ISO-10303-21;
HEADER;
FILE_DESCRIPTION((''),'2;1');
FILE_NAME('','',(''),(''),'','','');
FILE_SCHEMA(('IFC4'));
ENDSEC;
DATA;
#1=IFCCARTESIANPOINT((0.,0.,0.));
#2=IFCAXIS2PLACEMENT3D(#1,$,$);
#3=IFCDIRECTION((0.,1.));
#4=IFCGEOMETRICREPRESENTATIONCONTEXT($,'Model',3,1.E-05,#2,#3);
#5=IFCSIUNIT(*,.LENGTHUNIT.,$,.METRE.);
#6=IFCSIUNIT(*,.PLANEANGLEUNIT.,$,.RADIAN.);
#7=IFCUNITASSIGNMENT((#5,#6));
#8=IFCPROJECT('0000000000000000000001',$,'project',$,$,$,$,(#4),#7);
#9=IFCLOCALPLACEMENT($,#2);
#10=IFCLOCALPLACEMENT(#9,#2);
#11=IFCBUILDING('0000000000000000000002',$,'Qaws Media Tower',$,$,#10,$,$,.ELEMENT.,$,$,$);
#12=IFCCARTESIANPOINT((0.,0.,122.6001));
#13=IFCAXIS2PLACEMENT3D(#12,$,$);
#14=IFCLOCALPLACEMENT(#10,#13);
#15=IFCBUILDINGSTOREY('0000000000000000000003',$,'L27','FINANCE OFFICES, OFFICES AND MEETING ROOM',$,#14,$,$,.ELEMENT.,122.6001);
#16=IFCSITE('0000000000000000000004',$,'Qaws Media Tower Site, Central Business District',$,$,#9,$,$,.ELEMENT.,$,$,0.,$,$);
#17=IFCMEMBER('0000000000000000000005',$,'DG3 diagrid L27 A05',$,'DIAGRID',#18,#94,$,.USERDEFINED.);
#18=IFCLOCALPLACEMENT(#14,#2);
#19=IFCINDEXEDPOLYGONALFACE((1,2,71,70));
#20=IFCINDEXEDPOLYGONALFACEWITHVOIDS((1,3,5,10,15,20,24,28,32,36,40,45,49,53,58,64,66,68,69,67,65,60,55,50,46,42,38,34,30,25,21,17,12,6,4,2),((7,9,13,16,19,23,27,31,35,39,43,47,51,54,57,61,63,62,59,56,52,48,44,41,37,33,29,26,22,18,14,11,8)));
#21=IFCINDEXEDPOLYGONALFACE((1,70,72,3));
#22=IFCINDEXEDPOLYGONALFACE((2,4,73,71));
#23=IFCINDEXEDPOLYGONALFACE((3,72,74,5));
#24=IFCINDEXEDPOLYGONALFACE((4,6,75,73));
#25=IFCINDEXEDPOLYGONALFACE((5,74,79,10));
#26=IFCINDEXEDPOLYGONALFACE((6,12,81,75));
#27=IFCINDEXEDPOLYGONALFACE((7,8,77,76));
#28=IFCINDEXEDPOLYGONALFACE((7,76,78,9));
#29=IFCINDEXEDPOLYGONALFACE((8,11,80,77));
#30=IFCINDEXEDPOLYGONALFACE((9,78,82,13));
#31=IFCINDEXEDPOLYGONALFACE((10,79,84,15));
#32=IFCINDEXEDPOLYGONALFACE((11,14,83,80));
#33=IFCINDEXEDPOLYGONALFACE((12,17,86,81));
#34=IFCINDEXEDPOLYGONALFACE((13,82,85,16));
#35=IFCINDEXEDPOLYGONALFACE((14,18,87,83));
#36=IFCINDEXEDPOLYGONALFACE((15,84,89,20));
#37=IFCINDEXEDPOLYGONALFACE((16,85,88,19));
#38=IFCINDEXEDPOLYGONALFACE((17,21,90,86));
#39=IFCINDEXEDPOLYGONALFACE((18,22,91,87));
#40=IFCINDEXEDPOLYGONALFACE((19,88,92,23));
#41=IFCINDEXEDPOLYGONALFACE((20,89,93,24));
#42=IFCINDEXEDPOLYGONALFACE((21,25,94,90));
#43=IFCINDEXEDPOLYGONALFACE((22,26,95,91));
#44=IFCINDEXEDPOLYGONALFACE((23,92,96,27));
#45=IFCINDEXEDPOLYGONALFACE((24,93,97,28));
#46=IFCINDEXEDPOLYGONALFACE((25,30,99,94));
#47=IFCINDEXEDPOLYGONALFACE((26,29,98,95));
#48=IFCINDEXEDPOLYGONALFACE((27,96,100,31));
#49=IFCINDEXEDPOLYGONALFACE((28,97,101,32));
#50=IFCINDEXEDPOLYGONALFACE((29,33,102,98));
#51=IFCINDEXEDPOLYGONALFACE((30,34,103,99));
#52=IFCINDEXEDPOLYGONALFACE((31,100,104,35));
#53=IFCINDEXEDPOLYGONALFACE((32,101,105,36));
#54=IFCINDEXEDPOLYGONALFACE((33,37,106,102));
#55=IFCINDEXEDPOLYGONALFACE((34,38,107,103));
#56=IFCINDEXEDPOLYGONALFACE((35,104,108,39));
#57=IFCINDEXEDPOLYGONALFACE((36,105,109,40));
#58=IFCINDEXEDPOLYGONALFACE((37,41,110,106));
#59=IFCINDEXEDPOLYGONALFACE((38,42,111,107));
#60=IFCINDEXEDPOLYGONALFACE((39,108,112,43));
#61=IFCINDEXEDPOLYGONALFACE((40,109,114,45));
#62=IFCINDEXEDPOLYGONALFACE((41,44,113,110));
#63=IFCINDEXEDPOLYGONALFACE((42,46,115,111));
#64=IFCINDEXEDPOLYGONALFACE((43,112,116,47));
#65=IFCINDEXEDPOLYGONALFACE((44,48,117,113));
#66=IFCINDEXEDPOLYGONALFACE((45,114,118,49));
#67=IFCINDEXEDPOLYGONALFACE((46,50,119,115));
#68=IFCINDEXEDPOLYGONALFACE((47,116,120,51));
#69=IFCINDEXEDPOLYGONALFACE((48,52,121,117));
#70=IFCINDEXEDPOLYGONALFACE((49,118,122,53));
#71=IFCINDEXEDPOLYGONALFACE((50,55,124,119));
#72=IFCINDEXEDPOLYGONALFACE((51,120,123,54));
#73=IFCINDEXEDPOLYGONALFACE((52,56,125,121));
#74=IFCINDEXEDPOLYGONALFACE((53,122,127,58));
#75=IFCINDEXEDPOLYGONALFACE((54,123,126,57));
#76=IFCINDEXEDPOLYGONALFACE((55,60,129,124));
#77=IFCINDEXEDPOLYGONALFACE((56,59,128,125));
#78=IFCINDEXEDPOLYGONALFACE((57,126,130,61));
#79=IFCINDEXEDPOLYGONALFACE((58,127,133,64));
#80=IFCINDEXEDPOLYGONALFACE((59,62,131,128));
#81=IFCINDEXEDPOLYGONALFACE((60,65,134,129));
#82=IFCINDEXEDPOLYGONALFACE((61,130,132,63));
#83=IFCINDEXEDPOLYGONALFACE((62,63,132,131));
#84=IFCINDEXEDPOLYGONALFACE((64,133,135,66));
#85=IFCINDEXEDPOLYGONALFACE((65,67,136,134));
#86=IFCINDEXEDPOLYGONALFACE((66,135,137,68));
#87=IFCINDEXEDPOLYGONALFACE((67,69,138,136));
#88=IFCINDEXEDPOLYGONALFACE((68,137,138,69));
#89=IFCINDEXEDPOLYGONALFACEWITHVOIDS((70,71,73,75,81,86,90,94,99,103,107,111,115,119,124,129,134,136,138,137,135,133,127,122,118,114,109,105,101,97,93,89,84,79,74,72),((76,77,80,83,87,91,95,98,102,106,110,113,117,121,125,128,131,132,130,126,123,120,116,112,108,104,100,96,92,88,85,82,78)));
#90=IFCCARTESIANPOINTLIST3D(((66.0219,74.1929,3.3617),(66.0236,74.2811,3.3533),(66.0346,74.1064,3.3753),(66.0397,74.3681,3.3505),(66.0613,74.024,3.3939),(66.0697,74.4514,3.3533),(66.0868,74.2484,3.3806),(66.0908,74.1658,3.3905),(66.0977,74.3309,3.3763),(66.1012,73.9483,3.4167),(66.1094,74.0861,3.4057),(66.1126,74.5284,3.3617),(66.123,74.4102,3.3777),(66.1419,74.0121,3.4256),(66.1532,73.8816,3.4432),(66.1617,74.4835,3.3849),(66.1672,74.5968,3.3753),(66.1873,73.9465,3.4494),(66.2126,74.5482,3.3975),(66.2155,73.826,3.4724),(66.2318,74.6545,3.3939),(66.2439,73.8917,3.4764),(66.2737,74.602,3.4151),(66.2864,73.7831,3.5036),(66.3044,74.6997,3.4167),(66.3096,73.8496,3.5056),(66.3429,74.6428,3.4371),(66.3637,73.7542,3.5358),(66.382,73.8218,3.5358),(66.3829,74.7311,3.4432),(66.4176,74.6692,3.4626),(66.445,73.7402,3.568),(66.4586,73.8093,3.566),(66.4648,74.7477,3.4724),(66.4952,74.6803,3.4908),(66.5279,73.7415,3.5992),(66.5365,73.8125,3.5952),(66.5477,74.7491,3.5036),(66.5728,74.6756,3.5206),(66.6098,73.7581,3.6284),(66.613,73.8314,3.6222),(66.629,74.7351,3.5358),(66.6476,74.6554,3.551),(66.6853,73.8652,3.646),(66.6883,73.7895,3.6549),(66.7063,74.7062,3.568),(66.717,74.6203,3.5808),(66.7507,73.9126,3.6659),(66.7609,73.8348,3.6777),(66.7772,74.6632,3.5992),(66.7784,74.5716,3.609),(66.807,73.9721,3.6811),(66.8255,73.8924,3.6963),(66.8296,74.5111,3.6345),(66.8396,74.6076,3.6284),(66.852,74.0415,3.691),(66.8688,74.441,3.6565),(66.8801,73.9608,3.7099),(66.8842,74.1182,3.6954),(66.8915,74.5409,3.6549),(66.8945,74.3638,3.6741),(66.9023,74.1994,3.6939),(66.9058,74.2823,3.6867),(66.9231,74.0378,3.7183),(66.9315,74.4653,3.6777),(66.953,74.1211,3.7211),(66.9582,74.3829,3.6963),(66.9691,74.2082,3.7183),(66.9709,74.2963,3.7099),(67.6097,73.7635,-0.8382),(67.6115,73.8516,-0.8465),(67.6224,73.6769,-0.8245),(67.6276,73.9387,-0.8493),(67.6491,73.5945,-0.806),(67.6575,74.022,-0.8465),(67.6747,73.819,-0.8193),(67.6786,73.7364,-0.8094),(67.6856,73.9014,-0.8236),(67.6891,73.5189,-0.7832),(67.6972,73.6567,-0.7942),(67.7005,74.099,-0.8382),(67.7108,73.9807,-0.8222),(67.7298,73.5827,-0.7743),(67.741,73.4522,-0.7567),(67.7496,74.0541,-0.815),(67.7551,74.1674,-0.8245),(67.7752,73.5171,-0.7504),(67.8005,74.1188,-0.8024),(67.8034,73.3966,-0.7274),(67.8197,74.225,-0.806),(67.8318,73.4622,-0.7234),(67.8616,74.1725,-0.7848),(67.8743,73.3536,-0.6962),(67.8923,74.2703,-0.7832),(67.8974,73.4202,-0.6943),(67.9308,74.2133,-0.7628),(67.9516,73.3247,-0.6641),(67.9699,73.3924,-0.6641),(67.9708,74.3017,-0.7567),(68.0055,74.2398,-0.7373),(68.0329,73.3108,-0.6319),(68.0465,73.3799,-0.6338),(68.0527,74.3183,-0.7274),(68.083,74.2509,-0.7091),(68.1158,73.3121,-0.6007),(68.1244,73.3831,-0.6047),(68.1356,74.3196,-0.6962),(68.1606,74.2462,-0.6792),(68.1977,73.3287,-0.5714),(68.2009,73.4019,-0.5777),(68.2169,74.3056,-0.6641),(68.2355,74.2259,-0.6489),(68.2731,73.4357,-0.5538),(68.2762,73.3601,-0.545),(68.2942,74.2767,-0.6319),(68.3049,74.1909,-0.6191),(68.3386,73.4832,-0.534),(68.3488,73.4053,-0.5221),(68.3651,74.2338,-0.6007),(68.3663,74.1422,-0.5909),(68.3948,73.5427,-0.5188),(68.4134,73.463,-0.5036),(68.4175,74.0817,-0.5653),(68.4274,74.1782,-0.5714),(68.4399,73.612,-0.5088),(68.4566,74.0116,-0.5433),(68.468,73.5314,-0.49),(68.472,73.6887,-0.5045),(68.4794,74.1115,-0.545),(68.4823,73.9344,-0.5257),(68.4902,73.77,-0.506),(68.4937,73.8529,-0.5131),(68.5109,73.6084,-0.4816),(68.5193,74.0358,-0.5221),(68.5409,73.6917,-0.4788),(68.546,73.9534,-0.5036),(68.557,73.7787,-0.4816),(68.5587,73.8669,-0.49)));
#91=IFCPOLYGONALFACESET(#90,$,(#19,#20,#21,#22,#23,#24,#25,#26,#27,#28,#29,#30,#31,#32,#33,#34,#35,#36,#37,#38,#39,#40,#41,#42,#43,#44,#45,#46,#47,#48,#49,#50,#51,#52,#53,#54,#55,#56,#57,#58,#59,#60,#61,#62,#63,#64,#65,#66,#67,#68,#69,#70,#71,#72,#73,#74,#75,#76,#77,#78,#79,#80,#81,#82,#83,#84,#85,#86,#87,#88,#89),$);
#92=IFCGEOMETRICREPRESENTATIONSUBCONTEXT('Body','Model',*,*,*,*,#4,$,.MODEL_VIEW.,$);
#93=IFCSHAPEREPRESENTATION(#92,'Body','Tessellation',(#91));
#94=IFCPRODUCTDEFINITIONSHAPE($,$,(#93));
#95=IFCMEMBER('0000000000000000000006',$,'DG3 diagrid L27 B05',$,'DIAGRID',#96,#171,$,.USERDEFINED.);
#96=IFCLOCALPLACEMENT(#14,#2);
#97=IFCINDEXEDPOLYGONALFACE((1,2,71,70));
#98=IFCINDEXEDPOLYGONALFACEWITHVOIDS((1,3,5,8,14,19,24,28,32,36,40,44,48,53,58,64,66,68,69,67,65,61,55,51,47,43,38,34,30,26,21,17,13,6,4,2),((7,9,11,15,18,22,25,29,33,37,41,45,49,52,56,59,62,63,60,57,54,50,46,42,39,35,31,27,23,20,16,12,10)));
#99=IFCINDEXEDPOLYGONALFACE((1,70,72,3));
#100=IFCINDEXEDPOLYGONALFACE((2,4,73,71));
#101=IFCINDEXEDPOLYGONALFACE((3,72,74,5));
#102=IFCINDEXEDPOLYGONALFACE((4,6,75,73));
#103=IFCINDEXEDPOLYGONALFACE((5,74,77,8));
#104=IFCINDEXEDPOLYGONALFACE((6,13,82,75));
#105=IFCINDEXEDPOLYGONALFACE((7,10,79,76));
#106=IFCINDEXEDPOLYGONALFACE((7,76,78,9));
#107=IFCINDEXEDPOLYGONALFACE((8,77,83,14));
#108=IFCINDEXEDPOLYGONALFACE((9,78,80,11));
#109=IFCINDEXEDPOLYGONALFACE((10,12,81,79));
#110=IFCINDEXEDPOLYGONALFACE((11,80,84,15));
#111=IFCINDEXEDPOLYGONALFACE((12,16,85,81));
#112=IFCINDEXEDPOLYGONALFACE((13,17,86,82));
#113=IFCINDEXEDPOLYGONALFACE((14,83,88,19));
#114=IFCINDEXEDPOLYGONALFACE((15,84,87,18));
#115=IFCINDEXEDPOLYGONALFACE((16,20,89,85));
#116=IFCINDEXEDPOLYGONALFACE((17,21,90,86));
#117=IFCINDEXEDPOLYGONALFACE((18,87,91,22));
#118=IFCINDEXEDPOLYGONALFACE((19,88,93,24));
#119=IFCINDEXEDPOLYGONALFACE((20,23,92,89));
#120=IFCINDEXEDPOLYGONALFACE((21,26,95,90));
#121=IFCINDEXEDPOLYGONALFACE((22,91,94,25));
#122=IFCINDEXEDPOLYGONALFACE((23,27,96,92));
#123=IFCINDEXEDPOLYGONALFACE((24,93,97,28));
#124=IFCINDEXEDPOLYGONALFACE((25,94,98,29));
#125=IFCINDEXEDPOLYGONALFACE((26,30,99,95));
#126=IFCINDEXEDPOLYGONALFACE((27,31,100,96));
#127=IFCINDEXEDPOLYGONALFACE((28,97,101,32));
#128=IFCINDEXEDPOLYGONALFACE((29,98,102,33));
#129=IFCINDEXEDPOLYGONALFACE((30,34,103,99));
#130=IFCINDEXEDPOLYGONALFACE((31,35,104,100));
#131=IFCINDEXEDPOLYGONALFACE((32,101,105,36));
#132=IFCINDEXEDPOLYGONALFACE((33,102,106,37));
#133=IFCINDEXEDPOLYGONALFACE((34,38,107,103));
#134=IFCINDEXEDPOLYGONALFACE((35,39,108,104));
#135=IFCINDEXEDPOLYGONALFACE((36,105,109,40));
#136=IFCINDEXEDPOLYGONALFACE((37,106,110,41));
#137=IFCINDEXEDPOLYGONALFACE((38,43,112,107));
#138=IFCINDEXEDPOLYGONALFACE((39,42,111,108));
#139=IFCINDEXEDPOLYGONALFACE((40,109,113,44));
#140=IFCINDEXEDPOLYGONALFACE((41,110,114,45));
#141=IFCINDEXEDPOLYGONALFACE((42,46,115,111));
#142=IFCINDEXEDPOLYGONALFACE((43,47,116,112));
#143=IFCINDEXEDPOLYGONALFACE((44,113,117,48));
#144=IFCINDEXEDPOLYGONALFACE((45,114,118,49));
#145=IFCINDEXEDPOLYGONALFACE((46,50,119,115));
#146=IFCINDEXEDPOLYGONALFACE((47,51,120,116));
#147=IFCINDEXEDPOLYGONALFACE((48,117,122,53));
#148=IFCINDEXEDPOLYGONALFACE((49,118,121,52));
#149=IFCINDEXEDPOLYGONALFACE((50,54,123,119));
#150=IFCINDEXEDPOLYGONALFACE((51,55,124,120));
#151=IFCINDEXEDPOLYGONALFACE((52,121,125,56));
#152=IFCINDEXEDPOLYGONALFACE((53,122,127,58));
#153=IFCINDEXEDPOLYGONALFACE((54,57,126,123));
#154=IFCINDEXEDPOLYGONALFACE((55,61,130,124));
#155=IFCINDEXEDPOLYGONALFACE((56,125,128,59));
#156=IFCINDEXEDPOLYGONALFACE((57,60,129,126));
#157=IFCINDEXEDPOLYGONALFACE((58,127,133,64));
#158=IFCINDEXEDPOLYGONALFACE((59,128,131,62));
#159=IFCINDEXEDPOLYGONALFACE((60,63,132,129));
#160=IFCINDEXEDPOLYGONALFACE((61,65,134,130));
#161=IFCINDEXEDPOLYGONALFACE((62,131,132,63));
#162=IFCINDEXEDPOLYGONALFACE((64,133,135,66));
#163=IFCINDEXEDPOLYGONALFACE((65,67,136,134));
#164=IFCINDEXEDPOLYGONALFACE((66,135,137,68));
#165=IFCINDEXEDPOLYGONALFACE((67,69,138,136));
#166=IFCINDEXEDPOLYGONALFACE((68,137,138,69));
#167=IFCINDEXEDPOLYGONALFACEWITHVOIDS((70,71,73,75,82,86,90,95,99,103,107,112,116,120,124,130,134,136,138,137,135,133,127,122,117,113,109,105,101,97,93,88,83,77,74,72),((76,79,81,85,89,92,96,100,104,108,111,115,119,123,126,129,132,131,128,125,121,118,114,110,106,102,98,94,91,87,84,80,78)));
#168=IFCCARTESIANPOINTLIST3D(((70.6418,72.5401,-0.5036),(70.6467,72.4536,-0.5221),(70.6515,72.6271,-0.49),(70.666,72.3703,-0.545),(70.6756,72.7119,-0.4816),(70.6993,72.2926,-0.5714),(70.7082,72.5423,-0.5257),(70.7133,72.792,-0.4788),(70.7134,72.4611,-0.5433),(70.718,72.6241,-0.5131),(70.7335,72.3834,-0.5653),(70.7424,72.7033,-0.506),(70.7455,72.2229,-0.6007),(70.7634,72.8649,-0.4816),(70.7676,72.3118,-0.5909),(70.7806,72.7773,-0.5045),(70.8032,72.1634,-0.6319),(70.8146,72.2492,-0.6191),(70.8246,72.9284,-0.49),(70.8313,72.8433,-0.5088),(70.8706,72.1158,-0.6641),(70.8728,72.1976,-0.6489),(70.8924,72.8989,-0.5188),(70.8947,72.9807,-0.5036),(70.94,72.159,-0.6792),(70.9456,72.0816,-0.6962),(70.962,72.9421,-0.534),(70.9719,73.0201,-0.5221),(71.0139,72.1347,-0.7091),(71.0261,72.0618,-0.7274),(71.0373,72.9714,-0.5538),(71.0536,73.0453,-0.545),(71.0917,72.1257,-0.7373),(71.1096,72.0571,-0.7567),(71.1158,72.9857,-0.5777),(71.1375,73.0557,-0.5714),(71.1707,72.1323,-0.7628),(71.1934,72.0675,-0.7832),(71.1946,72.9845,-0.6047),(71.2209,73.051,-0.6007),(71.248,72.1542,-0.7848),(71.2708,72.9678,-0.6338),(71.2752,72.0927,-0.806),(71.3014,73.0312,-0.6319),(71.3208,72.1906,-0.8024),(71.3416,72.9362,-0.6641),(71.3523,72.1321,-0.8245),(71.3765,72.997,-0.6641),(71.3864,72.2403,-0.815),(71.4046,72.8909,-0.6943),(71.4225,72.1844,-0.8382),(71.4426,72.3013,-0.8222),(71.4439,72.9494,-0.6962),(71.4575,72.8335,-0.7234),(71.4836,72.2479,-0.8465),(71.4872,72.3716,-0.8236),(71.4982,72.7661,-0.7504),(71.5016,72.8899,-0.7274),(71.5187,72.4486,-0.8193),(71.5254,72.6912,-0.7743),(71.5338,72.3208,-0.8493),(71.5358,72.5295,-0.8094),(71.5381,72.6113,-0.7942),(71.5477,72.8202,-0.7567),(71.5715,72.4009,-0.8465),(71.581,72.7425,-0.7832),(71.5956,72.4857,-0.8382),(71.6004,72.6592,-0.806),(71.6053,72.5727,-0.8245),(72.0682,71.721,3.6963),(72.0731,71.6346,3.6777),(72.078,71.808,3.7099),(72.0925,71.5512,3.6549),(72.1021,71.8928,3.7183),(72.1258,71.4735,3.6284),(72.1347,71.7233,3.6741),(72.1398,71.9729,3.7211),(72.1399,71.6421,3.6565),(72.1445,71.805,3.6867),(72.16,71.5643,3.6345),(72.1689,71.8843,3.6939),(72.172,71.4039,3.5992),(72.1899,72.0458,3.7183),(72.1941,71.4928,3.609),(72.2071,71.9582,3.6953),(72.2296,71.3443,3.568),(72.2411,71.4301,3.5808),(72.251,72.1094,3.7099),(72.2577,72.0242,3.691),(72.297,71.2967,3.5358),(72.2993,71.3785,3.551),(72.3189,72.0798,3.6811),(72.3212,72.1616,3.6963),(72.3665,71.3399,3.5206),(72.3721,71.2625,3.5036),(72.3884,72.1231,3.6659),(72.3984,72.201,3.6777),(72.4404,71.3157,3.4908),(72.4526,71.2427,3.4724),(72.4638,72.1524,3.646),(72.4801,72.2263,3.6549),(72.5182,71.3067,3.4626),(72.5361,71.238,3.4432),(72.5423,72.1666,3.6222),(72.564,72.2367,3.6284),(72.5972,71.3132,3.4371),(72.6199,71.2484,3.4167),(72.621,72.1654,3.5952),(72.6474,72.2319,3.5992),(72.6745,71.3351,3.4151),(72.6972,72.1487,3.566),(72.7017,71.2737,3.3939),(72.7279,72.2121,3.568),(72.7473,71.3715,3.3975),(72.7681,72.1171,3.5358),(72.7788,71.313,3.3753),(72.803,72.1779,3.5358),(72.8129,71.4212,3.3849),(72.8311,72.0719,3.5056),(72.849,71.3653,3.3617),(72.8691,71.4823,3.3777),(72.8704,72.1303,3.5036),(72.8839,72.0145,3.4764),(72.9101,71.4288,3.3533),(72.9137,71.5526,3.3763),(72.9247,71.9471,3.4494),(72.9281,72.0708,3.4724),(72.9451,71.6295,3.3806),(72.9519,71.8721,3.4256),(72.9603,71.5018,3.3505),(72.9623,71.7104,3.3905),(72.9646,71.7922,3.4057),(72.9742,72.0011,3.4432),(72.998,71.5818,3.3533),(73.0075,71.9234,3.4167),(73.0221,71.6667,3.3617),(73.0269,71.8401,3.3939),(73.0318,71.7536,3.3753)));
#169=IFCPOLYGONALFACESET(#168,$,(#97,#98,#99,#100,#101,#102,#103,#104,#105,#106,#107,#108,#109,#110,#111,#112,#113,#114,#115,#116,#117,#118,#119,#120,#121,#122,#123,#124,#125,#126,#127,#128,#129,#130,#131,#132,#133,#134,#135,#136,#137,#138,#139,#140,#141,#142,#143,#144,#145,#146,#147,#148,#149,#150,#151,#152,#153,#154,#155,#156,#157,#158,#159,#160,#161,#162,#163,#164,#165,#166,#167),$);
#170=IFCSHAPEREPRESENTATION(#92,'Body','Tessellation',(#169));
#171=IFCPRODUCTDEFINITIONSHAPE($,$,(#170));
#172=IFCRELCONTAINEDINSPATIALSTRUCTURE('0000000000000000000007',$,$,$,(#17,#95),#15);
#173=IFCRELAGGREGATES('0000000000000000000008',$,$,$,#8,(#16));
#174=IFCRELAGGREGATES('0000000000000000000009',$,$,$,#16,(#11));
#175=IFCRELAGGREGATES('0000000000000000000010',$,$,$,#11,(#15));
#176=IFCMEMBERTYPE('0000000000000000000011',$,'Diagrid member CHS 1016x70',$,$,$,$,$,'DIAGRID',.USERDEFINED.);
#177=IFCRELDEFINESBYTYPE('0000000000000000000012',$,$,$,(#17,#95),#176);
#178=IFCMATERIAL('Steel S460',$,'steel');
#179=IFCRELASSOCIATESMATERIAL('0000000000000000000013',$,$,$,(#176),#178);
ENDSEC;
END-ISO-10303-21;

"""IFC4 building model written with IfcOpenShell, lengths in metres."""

from ifc_helpers import new_model, si_unit, direction, frame, origin, origin_2d, place, context, subcontext, project, spatial, hollow_circle, extrude, material, material_profile, profile_set, type_object, element, save


model = new_model("IFC4")

# Units and contexts
model_context = context("Model", 3, precision=1e-05, world=origin(), true_north=direction((0.0, 1.0)))
body_context = subcontext(model_context, "Body", "Model", "MODEL_VIEW")
ifc_project = project(units=[si_unit("LENGTHUNIT", "METRE"), si_unit("PLANEANGLEUNIT", "RADIAN")], contexts=[model_context])

# Site, building, storey
site_placement = place(None, origin())
site = spatial("IfcSite", under=ifc_project, at=site_placement, Name="Qaws Media Tower Site, Central Business District", CompositionType="ELEMENT", RefElevation=0.0)
building_placement = place(site_placement, origin())
building = spatial("IfcBuilding", under=site, at=building_placement, Name="Qaws Media Tower", CompositionType="ELEMENT")
storey_placement = place(building_placement, frame((0.0, 0.0, 122.6001)))
storey = spatial("IfcBuildingStorey", under=building, at=storey_placement, Name="L27", Description="FINANCE OFFICES, OFFICES AND MEETING ROOM", CompositionType="ELEMENT", Elevation=122.6001)

# Members
ifc_material_1 = material(Name="Steel S460", Category="steel")
ifc_material_profile_1 = material_profile(ifc_material_1, hollow_circle(Radius=0.5081, WallThickness=0.0701, at=origin_2d()), Name="CHS 1016x70")
ifc_profile_set_1 = profile_set([ifc_material_profile_1], Name="Steel S460")
member_type_1 = type_object("IfcMemberType", Name="Diagrid member CHS 1016x70", ElementType="DIAGRID", PredefinedType="USERDEFINED", material=ifc_profile_set_1)
for number, where, z_axis, x_axis, name in (
    (1, (68.0842, 73.8152, -0.6641), (-0.352036, 0.095208, 0.931132), (-0.26107, -0.96532, 0.0), "DG3 diagrid L27 A05"),
    (2, (71.1235, 72.5564, -0.6641), (0.316259, -0.181593, 0.931131), (0.497944, 0.867209, 0.0), "DG3 diagrid L27 B05"),
):
    element("IfcMember", number, at=place(storey_placement, frame(where, z_axis=z_axis, x_axis=x_axis)), inside=storey, type_object=member_type_1, Name=name, ObjectType="DIAGRID", PredefinedType="USERDEFINED", context=body_context, shape_type="SweptSolid", body=[
        extrude(hollow_circle(Radius=0.5081, WallThickness=0.0701, at=origin_2d()), origin(), (0.0, 0.0, 1.0), 4.5105),
    ])

save(model, "model.ifc")
